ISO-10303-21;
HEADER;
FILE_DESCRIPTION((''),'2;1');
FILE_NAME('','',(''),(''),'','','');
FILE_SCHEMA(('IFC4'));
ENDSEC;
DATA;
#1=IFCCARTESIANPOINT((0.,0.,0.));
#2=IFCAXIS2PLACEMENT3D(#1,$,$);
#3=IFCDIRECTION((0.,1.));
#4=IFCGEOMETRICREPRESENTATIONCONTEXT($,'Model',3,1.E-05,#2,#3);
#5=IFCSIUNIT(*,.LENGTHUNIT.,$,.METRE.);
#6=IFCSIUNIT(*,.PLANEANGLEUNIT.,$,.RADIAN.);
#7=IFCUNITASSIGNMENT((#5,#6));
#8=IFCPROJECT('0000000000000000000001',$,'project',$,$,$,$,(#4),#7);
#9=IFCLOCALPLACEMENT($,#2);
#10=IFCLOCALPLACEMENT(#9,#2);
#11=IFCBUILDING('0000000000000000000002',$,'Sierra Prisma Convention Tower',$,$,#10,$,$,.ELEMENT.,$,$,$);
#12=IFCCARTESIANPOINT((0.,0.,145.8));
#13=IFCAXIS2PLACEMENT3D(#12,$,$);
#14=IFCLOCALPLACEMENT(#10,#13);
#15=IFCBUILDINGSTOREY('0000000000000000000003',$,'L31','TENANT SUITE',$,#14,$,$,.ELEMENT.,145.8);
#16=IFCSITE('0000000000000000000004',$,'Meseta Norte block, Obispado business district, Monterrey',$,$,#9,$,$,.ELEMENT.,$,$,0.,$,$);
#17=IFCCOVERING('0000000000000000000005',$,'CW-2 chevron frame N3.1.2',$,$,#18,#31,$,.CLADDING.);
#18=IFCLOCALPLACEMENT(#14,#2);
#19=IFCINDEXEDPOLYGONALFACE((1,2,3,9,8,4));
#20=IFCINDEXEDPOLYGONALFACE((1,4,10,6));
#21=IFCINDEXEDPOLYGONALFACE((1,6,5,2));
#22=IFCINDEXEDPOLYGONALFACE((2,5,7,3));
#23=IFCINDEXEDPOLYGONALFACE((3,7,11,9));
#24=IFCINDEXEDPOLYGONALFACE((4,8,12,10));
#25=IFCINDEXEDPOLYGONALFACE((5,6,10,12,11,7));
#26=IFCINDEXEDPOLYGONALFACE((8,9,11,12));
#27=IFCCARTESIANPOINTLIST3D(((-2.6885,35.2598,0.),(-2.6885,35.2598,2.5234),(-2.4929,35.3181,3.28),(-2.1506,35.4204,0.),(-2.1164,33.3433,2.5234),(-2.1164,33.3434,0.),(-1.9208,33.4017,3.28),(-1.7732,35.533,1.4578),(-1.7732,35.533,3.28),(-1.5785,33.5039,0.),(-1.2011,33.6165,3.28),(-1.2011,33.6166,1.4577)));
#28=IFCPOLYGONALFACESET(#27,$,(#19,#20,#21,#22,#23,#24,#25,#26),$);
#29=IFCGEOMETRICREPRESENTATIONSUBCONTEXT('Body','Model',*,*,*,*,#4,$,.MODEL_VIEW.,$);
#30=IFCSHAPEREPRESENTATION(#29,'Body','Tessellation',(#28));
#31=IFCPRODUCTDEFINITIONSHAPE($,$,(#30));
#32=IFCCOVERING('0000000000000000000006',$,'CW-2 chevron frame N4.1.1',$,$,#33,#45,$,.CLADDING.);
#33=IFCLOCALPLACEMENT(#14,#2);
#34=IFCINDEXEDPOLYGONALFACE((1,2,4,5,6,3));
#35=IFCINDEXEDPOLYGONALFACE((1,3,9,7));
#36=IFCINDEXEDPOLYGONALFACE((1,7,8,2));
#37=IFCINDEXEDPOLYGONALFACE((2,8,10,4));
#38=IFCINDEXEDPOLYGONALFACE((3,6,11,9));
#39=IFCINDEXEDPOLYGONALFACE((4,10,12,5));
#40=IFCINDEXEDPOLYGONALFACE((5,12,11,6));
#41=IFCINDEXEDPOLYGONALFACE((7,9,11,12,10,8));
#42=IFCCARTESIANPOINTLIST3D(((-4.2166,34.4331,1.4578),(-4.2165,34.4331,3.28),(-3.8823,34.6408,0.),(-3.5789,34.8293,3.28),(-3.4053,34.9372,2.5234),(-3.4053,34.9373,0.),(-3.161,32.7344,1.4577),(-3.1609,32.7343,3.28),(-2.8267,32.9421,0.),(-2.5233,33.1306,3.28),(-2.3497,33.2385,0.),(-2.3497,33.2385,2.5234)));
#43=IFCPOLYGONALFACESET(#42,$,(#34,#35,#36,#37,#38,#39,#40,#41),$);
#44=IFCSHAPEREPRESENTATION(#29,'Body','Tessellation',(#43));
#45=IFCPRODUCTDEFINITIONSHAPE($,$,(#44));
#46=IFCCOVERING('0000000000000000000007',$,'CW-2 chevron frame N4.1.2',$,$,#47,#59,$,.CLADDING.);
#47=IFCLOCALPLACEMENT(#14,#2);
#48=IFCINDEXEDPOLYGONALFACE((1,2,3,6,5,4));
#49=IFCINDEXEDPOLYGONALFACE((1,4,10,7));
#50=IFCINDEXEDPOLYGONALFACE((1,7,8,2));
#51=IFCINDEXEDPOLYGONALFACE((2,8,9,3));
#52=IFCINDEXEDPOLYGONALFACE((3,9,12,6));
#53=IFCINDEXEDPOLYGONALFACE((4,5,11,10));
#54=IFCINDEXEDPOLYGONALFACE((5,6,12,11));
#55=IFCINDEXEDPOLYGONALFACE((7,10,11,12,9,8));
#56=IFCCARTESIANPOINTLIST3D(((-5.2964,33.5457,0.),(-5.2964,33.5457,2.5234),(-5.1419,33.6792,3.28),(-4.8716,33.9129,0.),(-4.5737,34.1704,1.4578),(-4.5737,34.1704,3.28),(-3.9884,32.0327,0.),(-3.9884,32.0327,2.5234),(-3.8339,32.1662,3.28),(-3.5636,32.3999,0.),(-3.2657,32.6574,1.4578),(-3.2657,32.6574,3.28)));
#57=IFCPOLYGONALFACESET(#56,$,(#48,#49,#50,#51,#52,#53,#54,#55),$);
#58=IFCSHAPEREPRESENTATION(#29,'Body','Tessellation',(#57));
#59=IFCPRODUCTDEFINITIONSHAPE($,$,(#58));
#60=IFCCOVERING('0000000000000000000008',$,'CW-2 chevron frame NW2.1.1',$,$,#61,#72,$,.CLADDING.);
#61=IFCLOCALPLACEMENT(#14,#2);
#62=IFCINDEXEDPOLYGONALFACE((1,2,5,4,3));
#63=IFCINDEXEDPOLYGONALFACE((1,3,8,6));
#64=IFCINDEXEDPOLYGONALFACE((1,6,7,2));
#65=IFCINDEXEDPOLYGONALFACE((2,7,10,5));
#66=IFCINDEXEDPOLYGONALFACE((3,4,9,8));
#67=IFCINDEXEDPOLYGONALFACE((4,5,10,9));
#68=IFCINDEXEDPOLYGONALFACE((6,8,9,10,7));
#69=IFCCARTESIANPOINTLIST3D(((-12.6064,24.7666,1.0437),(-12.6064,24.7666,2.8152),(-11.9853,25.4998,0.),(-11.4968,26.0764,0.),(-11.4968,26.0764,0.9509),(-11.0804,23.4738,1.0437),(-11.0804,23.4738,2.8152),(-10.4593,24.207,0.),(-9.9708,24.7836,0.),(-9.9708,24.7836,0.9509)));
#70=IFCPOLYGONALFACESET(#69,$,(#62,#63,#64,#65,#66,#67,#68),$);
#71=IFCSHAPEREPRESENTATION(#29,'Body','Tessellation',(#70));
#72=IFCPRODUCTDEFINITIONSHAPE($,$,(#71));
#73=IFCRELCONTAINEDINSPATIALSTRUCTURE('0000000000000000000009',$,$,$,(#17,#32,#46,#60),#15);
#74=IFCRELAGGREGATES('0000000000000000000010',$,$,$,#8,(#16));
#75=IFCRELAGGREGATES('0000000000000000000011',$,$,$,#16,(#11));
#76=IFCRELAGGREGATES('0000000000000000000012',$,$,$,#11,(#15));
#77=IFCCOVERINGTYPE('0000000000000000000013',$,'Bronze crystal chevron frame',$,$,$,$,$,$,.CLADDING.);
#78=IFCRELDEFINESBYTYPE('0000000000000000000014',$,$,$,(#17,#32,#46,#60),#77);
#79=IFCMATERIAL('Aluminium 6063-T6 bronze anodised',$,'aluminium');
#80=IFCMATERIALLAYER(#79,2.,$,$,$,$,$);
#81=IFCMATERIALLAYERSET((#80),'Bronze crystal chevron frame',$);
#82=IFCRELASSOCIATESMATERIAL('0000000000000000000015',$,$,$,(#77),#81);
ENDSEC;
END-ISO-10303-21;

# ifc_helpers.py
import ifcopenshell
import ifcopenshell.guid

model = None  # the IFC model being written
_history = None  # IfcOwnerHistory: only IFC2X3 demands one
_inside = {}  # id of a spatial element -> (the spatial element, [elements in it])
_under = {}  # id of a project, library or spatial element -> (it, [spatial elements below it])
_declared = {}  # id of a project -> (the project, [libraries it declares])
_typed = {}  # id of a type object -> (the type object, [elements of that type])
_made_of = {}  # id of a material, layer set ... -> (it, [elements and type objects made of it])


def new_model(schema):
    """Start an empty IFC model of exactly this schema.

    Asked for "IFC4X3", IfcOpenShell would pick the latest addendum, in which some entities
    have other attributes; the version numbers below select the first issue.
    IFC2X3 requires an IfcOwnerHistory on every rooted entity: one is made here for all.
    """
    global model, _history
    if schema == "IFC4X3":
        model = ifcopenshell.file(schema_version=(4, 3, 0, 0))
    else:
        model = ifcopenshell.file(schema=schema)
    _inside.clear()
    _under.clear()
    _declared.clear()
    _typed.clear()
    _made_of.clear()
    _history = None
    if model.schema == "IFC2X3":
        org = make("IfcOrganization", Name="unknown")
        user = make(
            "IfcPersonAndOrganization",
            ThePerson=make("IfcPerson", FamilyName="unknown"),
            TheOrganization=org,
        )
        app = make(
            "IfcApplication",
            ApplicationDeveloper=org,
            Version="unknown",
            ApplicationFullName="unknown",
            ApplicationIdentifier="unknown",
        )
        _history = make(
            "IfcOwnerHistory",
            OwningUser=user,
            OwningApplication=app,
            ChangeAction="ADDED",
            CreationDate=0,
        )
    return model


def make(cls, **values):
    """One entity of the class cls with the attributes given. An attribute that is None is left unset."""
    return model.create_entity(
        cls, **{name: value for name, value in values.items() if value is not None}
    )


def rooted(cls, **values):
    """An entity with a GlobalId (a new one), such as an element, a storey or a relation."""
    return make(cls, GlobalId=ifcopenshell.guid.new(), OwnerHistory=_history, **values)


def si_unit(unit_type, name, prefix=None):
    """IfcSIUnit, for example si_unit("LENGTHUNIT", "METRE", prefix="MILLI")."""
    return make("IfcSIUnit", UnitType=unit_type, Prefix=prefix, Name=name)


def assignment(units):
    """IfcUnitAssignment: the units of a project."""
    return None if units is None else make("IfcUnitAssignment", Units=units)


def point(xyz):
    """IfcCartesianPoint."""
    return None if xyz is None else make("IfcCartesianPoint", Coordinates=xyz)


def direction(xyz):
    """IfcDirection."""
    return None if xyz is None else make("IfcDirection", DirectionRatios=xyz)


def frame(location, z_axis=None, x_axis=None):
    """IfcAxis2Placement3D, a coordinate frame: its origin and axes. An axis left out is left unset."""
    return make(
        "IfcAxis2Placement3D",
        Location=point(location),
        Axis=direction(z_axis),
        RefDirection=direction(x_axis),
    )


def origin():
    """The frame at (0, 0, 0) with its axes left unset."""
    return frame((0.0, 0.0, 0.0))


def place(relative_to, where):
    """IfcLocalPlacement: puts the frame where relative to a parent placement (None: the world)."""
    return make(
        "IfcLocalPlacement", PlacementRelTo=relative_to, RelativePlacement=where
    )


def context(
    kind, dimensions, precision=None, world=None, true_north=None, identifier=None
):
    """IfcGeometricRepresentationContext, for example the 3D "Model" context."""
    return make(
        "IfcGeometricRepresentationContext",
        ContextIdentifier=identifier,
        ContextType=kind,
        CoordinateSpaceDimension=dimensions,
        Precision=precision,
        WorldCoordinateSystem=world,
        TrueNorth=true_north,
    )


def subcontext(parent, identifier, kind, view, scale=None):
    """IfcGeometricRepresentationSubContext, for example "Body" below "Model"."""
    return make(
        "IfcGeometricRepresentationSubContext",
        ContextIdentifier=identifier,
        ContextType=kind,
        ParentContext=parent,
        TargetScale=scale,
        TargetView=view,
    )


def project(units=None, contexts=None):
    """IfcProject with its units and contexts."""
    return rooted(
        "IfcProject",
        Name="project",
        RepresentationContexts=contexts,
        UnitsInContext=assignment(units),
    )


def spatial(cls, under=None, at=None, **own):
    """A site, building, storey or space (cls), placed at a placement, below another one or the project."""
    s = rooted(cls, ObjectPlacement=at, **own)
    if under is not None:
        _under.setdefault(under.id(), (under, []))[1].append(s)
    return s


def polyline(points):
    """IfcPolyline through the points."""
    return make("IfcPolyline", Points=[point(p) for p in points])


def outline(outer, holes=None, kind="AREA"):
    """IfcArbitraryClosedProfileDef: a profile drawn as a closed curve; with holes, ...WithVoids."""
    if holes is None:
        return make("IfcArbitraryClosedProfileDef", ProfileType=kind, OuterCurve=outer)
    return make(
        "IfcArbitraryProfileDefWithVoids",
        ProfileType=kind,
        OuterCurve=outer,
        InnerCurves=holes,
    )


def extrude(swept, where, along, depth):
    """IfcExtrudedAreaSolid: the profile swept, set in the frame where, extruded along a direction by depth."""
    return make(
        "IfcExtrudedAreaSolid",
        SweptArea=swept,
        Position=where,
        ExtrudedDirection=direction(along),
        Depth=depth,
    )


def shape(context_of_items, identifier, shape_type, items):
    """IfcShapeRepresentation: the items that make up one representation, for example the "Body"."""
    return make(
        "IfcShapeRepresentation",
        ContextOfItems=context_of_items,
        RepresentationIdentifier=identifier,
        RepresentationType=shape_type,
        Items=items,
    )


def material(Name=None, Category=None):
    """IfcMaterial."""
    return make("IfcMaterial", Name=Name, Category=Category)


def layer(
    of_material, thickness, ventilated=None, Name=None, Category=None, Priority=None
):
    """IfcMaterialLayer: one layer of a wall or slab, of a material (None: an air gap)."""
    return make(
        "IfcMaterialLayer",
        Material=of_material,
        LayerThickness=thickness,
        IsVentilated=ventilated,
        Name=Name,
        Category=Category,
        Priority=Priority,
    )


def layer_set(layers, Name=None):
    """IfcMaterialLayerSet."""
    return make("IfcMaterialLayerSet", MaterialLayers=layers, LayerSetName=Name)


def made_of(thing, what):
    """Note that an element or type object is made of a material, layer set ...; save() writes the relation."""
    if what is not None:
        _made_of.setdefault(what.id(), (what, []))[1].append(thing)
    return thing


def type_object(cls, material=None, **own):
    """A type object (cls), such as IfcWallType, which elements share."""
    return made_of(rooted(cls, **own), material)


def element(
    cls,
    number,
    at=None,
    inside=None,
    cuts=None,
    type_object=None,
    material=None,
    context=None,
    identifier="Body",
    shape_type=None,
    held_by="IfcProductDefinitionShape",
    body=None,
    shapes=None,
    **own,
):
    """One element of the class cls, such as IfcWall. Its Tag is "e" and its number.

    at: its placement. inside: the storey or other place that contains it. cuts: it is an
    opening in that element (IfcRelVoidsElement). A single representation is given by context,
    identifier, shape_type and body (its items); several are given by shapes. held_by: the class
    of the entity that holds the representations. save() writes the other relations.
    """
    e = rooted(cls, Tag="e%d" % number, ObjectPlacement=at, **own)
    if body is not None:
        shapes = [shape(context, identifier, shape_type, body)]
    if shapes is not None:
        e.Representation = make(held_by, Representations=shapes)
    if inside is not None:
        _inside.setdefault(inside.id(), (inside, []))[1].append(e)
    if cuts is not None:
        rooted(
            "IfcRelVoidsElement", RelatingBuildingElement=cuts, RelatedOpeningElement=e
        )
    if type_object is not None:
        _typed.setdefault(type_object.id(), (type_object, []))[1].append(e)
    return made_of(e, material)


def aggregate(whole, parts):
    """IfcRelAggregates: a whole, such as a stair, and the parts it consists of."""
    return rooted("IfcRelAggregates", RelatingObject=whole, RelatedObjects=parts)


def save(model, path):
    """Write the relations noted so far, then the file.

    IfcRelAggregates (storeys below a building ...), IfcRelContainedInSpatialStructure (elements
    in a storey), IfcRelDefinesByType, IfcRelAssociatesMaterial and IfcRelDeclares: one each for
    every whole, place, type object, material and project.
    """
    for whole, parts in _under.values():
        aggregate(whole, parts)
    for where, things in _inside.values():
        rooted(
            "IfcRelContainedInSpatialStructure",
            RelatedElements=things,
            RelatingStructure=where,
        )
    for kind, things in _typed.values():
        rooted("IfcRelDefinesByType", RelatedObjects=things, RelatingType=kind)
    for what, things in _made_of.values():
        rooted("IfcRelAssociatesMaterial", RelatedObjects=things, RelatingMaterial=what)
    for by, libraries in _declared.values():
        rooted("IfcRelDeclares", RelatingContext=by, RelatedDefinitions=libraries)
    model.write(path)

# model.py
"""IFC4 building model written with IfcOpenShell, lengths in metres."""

from ifc_helpers import new_model, si_unit, direction, frame, origin, place, context, subcontext, project, spatial, polyline, outline, extrude, material, layer, layer_set, type_object, element, save


model = new_model("IFC4")

# Units and contexts
model_context = context("Model", 3, precision=1e-05, world=origin(), true_north=direction((0.0, 1.0)))
body_context = subcontext(model_context, "Body", "Model", "MODEL_VIEW")
ifc_project = project(units=[si_unit("LENGTHUNIT", "METRE"), si_unit("PLANEANGLEUNIT", "RADIAN")], contexts=[model_context])

# Site, building, storey
site_placement = place(None, origin())
site = spatial("IfcSite", under=ifc_project, at=site_placement, Name="Meseta Norte block, Obispado business district, Monterrey", CompositionType="ELEMENT", RefElevation=0.0)
building_placement = place(site_placement, origin())
building = spatial("IfcBuilding", under=site, at=building_placement, Name="Sierra Prisma Convention Tower", CompositionType="ELEMENT")
storey_placement = place(building_placement, frame((0.0, 0.0, 145.8)))
storey = spatial("IfcBuildingStorey", under=building, at=storey_placement, Name="L31", Description="TENANT SUITE", CompositionType="ELEMENT", Elevation=145.8)

# Coverings
ifc_material_1 = material(Name="Aluminium 6063-T6 bronze anodised", Category="aluminium")
ifc_layer_1 = layer(ifc_material_1, 2.0)
ifc_layer_set_1 = layer_set([ifc_layer_1], Name="Bronze crystal chevron frame")
covering_type = type_object("IfcCoveringType", Name="Bronze crystal chevron frame", PredefinedType="CLADDING", material=ifc_layer_set_1)
covering_1_placement = place(storey_placement, frame((-1.7732, 35.533, 3.28), z_axis=(-0.28604, 0.958218, 0.000021), x_axis=(-0.000006, 0.000021, -1.0)))
element("IfcCovering", 1, at=covering_1_placement, inside=storey, type_object=covering_type, Name="CW-2 chevron frame N3.1.2", PredefinedType="CLADDING", context=body_context, shape_type="SweptSolid", body=[
    extrude(outline(polyline([(0.0, 0.0), (1.8223, 0.0), (3.28, 0.3939), (3.28, 0.9552), (0.7566, 0.9552), (0.0, 0.7511), (0.0, 0.0)])), origin(), (0.0, 0.0, -1.0), 2.0),
])
covering_2_placement = place(storey_placement, frame((-3.4053, 34.9373, 0.0), z_axis=(-0.527798, 0.84937, 0.000015), x_axis=(-0.84937, -0.527798, 0.0)))
element("IfcCovering", 2, at=covering_2_placement, inside=storey, type_object=covering_type, Name="CW-2 chevron frame N4.1.1", PredefinedType="CLADDING", context=body_context, shape_type="SweptSolid", body=[
    extrude(outline(polyline([(0.0, 0.0), (0.5616, 0.0), (0.9552, 1.4578), (0.9552, 3.28), (0.2044, 3.28), (0.0, 2.5234), (0.0, 0.0)])), origin(), (0.0, 0.0, -1.0), 2.0),
])
covering_3_placement = place(storey_placement, frame((-4.5737, 34.1704, 3.28), z_axis=(-0.654, 0.756494, -0.000001), x_axis=(0.000001, -0.000001, -1.0)))
element("IfcCovering", 3, at=covering_3_placement, inside=storey, type_object=covering_type, Name="CW-2 chevron frame N4.1.2", PredefinedType="CLADDING", context=body_context, shape_type="SweptSolid", body=[
    extrude(outline(polyline([(0.0, 0.0), (1.8223, 0.0), (3.28, 0.3938), (3.28, 0.9553), (0.7566, 0.9553), (0.0, 0.751), (0.0, 0.0)])), origin(), (0.0, 0.0, -1.0), 2.0),
])
covering_4_placement = place(storey_placement, frame((-11.4968, 26.0764, 0.0), z_axis=(-0.763008, 0.646389, 0.000001), x_axis=(-0.646389, -0.763008, 0.0)))
element("IfcCovering", 4, at=covering_4_placement, inside=storey, type_object=covering_type, Name="CW-2 chevron frame NW2.1.1", PredefinedType="CLADDING", context=body_context, shape_type="SweptSolid", body=[
    extrude(outline(polyline([(0.0, 0.0), (0.7558, 0.0), (1.7166, 1.0437), (1.7166, 2.8152), (0.0, 0.9509), (0.0, 0.0)])), origin(), (0.0, 0.0, -1.0), 2.0),
])

save(model, "model.ifc")
